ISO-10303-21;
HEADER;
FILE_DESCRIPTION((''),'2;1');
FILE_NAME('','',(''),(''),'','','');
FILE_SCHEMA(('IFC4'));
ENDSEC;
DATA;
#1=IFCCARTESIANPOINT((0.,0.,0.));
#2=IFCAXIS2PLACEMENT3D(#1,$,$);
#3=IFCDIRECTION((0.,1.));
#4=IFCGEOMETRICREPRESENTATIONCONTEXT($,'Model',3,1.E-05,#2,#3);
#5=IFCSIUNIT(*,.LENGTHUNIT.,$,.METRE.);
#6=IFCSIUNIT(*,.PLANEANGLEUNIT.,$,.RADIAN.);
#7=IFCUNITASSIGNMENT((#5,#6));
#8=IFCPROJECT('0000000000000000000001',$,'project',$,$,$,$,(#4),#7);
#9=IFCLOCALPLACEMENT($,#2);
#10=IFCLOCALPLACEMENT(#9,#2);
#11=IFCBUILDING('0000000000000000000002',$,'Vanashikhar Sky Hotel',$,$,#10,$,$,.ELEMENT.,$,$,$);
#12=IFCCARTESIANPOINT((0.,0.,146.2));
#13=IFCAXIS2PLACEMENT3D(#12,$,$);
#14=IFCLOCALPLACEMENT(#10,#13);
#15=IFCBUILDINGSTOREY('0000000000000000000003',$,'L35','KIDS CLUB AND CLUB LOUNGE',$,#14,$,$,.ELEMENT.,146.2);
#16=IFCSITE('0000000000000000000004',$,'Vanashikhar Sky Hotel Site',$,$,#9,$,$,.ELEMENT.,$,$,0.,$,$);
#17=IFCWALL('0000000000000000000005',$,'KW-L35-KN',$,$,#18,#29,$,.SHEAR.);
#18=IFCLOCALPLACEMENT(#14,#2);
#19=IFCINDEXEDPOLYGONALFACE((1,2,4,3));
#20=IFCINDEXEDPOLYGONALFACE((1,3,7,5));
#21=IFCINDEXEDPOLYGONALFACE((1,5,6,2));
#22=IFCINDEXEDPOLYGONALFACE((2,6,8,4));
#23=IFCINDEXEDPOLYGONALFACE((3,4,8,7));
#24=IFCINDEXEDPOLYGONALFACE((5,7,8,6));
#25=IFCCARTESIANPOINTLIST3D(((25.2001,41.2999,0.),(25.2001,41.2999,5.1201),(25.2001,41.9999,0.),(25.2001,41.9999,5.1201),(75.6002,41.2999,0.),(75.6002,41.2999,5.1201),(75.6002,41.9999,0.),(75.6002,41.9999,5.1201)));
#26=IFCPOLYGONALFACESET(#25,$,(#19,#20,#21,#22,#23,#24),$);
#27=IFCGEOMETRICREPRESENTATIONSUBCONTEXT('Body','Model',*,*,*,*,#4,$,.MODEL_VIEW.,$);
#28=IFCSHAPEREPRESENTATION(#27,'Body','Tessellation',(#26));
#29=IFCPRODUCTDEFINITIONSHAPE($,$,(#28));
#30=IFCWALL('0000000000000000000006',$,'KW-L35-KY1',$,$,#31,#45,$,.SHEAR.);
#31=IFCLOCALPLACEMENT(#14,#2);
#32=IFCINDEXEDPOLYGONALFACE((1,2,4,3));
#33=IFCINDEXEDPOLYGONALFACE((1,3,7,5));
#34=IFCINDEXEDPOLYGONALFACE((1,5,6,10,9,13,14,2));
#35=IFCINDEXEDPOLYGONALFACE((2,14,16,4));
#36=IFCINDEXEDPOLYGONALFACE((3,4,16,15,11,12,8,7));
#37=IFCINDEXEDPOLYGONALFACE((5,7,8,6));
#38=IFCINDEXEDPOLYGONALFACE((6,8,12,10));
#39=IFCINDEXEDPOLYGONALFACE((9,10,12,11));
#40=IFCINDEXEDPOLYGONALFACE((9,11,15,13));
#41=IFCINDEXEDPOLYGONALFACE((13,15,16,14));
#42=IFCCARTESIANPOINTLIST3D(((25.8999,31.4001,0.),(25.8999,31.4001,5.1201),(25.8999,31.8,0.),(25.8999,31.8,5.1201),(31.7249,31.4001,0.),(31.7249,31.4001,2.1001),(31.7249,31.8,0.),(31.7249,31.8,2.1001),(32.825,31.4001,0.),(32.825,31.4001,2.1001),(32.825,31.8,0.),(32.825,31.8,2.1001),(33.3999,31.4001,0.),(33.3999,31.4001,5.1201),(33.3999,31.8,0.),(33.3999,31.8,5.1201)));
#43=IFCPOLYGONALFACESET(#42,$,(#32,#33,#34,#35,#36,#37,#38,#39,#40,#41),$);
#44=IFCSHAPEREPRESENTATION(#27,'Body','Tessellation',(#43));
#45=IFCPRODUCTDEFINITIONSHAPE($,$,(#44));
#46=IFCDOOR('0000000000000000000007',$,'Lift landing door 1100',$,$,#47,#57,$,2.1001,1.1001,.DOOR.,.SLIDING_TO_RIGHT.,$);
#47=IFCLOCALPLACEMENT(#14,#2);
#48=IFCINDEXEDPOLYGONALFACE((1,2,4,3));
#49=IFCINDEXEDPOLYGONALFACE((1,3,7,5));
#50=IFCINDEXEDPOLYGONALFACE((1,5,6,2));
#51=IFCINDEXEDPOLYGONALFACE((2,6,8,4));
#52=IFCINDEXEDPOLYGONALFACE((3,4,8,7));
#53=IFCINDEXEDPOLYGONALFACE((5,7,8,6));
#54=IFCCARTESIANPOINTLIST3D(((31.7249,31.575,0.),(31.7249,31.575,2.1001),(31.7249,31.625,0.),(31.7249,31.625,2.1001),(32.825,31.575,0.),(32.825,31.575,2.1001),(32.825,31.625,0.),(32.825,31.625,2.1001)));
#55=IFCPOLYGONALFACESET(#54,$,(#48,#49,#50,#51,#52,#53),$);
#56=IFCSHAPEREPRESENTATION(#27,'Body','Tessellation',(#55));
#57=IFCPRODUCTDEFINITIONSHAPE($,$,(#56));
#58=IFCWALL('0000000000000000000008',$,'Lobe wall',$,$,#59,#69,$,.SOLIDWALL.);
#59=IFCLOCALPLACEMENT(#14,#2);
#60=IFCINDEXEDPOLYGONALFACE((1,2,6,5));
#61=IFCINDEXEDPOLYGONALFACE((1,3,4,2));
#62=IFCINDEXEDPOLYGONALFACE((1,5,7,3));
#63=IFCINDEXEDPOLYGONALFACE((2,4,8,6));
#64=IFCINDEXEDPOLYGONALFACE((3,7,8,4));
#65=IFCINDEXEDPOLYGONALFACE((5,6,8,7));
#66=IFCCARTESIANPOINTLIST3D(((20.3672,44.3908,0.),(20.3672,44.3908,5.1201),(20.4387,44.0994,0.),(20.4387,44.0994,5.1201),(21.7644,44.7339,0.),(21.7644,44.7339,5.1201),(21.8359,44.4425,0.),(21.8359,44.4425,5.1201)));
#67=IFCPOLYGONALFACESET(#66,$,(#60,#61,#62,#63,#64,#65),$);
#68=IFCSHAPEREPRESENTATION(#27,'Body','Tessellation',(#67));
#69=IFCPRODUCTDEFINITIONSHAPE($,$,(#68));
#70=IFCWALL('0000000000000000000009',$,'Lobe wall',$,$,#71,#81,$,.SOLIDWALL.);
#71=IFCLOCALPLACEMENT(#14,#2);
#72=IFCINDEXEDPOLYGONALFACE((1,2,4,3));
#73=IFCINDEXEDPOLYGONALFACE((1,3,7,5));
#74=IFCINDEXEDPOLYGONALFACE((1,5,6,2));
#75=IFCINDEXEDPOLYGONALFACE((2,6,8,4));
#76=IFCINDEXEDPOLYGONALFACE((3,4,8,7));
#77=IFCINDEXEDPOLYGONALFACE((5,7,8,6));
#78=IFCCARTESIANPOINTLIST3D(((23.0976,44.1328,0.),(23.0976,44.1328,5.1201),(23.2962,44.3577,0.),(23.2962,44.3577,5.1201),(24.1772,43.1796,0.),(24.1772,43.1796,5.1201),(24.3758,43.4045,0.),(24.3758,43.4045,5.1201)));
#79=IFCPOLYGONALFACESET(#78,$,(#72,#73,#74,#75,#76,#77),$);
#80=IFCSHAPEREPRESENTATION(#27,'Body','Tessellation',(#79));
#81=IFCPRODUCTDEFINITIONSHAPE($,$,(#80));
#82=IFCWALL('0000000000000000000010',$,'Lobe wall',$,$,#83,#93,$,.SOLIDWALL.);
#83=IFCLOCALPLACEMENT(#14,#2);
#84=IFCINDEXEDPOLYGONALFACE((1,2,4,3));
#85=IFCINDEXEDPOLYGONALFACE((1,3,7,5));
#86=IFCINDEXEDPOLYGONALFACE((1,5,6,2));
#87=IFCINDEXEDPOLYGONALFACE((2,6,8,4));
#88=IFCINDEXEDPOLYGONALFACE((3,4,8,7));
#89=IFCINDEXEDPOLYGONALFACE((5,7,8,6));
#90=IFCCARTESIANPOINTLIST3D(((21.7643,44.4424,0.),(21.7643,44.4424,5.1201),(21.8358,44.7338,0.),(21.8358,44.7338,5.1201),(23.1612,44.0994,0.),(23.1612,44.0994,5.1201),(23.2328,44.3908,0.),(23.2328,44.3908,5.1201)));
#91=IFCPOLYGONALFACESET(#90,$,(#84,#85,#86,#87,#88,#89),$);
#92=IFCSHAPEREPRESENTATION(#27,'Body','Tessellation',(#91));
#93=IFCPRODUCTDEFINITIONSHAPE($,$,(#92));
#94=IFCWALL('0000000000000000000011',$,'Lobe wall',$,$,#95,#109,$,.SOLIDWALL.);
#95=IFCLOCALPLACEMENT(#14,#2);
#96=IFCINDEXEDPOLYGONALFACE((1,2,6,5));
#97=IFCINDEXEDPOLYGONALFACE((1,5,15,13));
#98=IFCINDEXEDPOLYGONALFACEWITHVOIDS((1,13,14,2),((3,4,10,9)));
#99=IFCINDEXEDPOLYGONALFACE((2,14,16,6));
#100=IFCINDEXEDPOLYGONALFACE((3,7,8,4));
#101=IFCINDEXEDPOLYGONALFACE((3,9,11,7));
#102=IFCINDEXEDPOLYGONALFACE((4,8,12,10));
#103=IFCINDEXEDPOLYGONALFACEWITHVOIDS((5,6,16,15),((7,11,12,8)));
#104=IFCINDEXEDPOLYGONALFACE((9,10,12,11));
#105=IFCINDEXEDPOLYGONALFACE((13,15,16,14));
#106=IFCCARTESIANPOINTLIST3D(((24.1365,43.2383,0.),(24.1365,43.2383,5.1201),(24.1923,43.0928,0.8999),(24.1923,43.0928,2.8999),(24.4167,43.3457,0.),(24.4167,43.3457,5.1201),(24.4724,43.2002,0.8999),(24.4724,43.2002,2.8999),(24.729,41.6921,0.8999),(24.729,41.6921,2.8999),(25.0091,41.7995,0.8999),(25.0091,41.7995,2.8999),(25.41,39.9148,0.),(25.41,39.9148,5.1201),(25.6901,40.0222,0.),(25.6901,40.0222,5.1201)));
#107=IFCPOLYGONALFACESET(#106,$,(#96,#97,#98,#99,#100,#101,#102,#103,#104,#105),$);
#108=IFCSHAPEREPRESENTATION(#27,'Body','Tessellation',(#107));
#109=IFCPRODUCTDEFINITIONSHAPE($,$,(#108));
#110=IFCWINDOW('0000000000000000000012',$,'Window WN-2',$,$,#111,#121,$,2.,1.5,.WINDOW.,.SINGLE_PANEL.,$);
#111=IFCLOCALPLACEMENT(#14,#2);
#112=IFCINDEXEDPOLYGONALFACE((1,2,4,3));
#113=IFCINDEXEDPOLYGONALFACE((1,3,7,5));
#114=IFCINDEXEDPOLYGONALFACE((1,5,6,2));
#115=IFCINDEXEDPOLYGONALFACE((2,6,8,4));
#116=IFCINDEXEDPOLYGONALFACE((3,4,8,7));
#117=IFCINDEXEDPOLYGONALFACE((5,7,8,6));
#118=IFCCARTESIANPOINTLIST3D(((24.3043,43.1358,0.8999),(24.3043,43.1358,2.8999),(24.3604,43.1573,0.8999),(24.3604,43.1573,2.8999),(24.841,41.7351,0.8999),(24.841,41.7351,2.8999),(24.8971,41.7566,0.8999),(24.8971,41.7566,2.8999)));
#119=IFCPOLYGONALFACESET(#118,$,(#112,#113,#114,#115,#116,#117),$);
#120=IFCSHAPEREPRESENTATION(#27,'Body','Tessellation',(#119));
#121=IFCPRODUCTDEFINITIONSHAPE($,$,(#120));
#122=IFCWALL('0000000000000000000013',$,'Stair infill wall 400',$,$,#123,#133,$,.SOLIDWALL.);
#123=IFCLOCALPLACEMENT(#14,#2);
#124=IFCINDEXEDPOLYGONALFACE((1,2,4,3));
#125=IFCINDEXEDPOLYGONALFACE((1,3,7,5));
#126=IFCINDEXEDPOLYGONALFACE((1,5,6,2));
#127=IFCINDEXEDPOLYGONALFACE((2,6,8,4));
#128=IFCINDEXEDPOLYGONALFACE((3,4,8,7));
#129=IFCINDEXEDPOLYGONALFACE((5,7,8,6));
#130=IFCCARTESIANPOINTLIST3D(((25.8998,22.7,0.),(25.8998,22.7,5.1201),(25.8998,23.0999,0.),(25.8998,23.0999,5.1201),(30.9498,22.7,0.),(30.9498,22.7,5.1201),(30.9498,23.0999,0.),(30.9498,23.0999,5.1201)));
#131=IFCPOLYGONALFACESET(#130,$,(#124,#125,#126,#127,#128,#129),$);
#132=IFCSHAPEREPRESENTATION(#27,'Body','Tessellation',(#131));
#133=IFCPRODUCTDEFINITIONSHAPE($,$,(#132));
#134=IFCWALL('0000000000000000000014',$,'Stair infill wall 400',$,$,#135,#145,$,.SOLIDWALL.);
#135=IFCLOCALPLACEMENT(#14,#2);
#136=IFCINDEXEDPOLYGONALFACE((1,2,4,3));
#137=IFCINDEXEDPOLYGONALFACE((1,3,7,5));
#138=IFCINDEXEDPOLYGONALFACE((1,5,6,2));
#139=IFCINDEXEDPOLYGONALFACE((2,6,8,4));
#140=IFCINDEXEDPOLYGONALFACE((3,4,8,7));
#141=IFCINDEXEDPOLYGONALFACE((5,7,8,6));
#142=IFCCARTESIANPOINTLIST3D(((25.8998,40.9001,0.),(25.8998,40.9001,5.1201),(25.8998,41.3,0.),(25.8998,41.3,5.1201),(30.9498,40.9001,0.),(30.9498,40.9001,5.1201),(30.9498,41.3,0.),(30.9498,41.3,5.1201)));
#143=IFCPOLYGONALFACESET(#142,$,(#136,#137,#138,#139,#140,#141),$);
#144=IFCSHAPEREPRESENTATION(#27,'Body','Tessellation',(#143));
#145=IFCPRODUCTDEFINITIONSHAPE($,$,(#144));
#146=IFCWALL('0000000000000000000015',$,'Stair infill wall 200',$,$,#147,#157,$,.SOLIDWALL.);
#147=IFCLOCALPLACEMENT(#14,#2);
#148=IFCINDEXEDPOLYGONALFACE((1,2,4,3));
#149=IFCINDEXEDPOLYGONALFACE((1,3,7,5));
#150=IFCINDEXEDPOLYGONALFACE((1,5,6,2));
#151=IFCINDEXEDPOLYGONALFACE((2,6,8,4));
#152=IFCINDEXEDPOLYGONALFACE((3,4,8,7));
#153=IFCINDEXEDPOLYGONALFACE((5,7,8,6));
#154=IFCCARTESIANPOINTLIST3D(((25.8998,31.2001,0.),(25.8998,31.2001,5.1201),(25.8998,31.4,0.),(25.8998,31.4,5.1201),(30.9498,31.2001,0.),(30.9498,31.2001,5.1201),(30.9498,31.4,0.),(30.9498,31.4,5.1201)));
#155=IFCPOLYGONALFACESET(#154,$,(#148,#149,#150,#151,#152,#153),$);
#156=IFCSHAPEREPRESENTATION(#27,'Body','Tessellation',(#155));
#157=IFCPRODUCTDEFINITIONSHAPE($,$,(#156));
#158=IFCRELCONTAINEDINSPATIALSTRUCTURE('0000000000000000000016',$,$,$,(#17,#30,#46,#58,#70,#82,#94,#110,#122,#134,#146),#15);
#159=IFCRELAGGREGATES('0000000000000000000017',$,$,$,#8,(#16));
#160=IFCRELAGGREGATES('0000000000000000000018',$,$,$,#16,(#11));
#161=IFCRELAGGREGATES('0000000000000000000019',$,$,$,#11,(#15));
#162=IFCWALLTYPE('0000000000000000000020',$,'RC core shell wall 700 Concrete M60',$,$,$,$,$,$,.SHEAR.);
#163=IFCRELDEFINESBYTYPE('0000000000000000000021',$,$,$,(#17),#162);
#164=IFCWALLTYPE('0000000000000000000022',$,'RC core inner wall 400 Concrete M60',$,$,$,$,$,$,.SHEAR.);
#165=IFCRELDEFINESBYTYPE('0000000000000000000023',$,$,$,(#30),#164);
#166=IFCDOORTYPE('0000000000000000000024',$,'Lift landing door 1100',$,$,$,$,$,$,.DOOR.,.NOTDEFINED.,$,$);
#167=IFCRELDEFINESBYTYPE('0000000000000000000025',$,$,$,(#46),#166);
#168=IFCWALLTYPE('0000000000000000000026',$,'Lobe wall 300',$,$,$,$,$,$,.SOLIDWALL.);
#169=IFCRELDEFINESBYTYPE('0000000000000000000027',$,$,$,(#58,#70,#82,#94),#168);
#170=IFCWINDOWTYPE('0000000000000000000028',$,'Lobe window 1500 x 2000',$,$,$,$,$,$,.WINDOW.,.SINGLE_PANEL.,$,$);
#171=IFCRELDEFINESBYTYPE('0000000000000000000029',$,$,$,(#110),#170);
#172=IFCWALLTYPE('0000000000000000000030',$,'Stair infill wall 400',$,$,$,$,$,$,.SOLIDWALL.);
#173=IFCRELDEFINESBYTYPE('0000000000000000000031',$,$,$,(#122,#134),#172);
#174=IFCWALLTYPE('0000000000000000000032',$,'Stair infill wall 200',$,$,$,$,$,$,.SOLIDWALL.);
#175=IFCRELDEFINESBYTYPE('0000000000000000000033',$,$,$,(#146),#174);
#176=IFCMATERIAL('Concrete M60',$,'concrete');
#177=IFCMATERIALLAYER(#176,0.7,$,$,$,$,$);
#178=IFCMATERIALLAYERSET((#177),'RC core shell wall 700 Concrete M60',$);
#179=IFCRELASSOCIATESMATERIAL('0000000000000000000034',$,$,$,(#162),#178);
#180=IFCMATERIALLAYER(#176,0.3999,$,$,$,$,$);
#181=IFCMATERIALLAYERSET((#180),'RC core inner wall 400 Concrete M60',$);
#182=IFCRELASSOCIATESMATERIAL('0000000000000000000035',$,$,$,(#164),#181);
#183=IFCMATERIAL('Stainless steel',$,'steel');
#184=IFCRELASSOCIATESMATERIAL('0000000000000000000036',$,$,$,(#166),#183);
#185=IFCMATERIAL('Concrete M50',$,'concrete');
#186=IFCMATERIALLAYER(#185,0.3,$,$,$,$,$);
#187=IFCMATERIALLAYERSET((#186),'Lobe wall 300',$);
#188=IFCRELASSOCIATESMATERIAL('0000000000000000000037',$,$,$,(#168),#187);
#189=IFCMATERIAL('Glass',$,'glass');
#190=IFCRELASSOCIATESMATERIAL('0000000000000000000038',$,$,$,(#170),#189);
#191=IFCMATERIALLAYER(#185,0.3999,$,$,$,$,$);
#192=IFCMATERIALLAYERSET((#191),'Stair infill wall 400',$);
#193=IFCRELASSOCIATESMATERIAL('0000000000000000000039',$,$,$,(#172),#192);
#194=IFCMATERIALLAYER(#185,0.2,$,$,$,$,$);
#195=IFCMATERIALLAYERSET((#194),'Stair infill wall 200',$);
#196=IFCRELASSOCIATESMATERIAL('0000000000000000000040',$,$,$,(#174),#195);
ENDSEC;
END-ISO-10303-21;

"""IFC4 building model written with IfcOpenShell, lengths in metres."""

from ifc_helpers import new_model, si_unit, direction, frame, frame_2d, origin, place, context, subcontext, project, spatial, rectangle, extrude, source, transform, mapped, material, layer, layer_set, type_object, element, fill, save


model = new_model("IFC4")

# Units and contexts
model_context = context("Model", 3, precision=1e-05, world=origin(), true_north=direction((0.0, 1.0)))
body_context = subcontext(model_context, "Body", "Model", "MODEL_VIEW")
ifc_project = project(units=[si_unit("LENGTHUNIT", "METRE"), si_unit("PLANEANGLEUNIT", "RADIAN")], contexts=[model_context])

# Site, building, storey
site_placement = place(None, origin())
site = spatial("IfcSite", under=ifc_project, at=site_placement, Name="Vanashikhar Sky Hotel Site", CompositionType="ELEMENT", RefElevation=0.0)
building_placement = place(site_placement, origin())
building = spatial("IfcBuilding", under=site, at=building_placement, Name="Vanashikhar Sky Hotel", CompositionType="ELEMENT")
storey_placement = place(building_placement, frame((0.0, 0.0, 146.2)))
storey = spatial("IfcBuildingStorey", under=building, at=storey_placement, Name="L35", Description="KIDS CLUB AND CLUB LOUNGE", CompositionType="ELEMENT", Elevation=146.2)

# Wall
ifc_material_1 = material(Name="Concrete M60", Category="concrete")
ifc_layer_1 = layer(ifc_material_1, 0.7)
ifc_layer_set_1 = layer_set([ifc_layer_1], Name="RC core shell wall 700 Concrete M60")
wall_type_1 = type_object("IfcWallType", Name="RC core shell wall 700 Concrete M60", PredefinedType="SHEAR", material=ifc_layer_set_1)
shared_shape_1 = source(origin(), body_context, "Body", "SweptSolid", [
    extrude(rectangle(XDim=50.4001, YDim=0.7, at=frame_2d((25.2002, 0.0))), origin(), (0.0, 0.0, 1.0), 5.1201),
])
wall_1_placement = place(storey_placement, frame((25.2, 41.6499, 0.0), z_axis=(0.0, 0.0, 1.0), x_axis=(1.0, 0.0, 0.0)))
element("IfcWall", 1, at=wall_1_placement, inside=storey, type_object=wall_type_1, Name="KW-L35-KN", PredefinedType="SHEAR", context=body_context, shape_type="MappedRepresentation", body=[
    mapped(shared_shape_1, transform((0.0, 0.0, 0.0), scale=1.0)),
])

# Wall, opening, door
ifc_layer_2 = layer(ifc_material_1, 0.3999)
ifc_layer_set_2 = layer_set([ifc_layer_2], Name="RC core inner wall 400 Concrete M60")
wall_type_2 = type_object("IfcWallType", Name="RC core inner wall 400 Concrete M60", PredefinedType="SHEAR", material=ifc_layer_set_2)
shared_shape_2 = source(origin(), body_context, "Body", "SweptSolid", [
    extrude(rectangle(XDim=7.5, YDim=0.3999, at=frame_2d((3.75, 0.0))), origin(), (0.0, 0.0, 1.0), 5.1201),
])
wall_2_placement = place(storey_placement, frame((25.8999, 31.6001, 0.0), z_axis=(0.0, 0.0, 1.0), x_axis=(1.0, 0.0, 0.0)))
wall_2 = element("IfcWall", 2, at=wall_2_placement, inside=storey, type_object=wall_type_2, Name="KW-L35-KY1", PredefinedType="SHEAR", context=body_context, shape_type="MappedRepresentation", body=[
    mapped(shared_shape_2, transform((0.0, 0.0, 0.0), scale=1.0)),
])
shared_shape_3 = source(origin(), body_context, "Body", "SweptSolid", [
    extrude(rectangle(XDim=1.1001, YDim=2.1001, at=frame_2d((0.55, 1.05))), frame((0.0, 0.21, 0.0), z_axis=(0.0, -1.0, 0.0), x_axis=(1.0, 0.0, 0.0)), (0.0, 0.0, 1.0), 0.4199),
])
opening_1_placement = place(wall_2_placement, frame((5.825, 0.0, 0.0)))
opening_1 = element("IfcOpeningElement", 3, at=opening_1_placement, cuts=wall_2, PredefinedType="OPENING", context=body_context, shape_type="MappedRepresentation", body=[
    mapped(shared_shape_3, transform((0.0, 0.0, 0.0), scale=1.0)),
])
ifc_material_2 = material(Name="Stainless steel", Category="steel")
door_type = type_object("IfcDoorType", Name="Lift landing door 1100", OperationType="NOTDEFINED", PredefinedType="DOOR", material=ifc_material_2)
shared_shape_4 = source(origin(), body_context, "Body", "SweptSolid", [
    extrude(rectangle(XDim=1.1001, YDim=2.1001, at=frame_2d((0.55, 1.05))), frame((0.0, 0.0249, 0.0), z_axis=(0.0, -1.0, 0.0), x_axis=(1.0, 0.0, 0.0)), (0.0, 0.0, 1.0), 0.05),
])
door_placement = place(opening_1_placement, origin())
door = element("IfcDoor", 4, at=door_placement, inside=storey, type_object=door_type, Name="Lift landing door 1100", OperationType="SLIDING_TO_RIGHT", OverallHeight=2.1001, OverallWidth=1.1001, PredefinedType="DOOR", context=body_context, shape_type="MappedRepresentation", body=[
    mapped(shared_shape_4, transform((0.0, 0.0, 0.0), scale=1.0)),
])
fill(opening_1, door)

# Walls
ifc_material_3 = material(Name="Concrete M50", Category="concrete")
ifc_layer_3 = layer(ifc_material_3, 0.3)
ifc_layer_set_3 = layer_set([ifc_layer_3], Name="Lobe wall 300")
wall_type_3 = type_object("IfcWallType", Name="Lobe wall 300", PredefinedType="SOLIDWALL", material=ifc_layer_set_3)
shared_shape_5 = source(origin(), body_context, "Body", "SweptSolid", [
    extrude(rectangle(XDim=1.4387, YDim=0.3, at=frame_2d((0.7192, 0.0))), origin(), (0.0, 0.0, 1.0), 5.1201),
])
wall_3_placement = place(storey_placement, frame((21.8, 44.5881, 0.0), z_axis=(0.0, 0.0, 1.0), x_axis=(-0.971162, -0.238421, 0.0)))
element("IfcWall", 5, at=wall_3_placement, inside=storey, type_object=wall_type_3, Name="Lobe wall", PredefinedType="SOLIDWALL", context=body_context, shape_type="MappedRepresentation", body=[
    mapped(shared_shape_5, transform((0.0, 0.0, 0.0), scale=1.0)),
])
shared_shape_6 = source(origin(), body_context, "Body", "SweptSolid", [
    extrude(rectangle(XDim=1.4402, YDim=0.3, at=frame_2d((0.7202, 0.0))), origin(), (0.0, 0.0, 1.0), 5.1201),
])
wall_4_placement = place(storey_placement, frame((24.2766, 43.292, 0.0), z_axis=(0.0, 0.0, 1.0), x_axis=(-0.74965, 0.661835, 0.0)))
element("IfcWall", 6, at=wall_4_placement, inside=storey, type_object=wall_type_3, Name="Lobe wall", PredefinedType="SOLIDWALL", context=body_context, shape_type="MappedRepresentation", body=[
    mapped(shared_shape_6, transform((0.0, 0.0, 0.0), scale=1.0)),
])
shared_shape_7 = source(origin(), body_context, "Body", "SweptSolid", [
    extrude(rectangle(XDim=1.4385, YDim=0.3, at=frame_2d((0.7192, 0.0))), origin(), (0.0, 0.0, 1.0), 5.1201),
])
wall_5_placement = place(storey_placement, frame((23.197, 44.2451, 0.0), z_axis=(0.0, 0.0, 1.0), x_axis=(-0.971152, 0.23846, 0.0)))
element("IfcWall", 7, at=wall_5_placement, inside=storey, type_object=wall_type_3, Name="Lobe wall", PredefinedType="SOLIDWALL", context=body_context, shape_type="MappedRepresentation", body=[
    mapped(shared_shape_7, transform((0.0, 0.0, 0.0), scale=1.0)),
])

# Wall, opening, window
shared_shape_8 = source(origin(), body_context, "Body", "SweptSolid", [
    extrude(rectangle(XDim=3.5591, YDim=0.3, at=frame_2d((1.7795, 0.0))), origin(), (0.0, 0.0, 1.0), 5.1201),
])
wall_6_placement = place(storey_placement, frame((25.55, 39.9685, 0.0), z_axis=(0.0, 0.0, 1.0), x_axis=(-0.357797, 0.933799, 0.0)))
wall_6 = element("IfcWall", 8, at=wall_6_placement, inside=storey, type_object=wall_type_3, Name="Lobe wall", PredefinedType="SOLIDWALL", context=body_context, shape_type="MappedRepresentation", body=[
    mapped(shared_shape_8, transform((0.0, 0.0, 0.0), scale=1.0)),
])
shared_shape_9 = source(origin(), body_context, "Body", "SweptSolid", [
    extrude(rectangle(XDim=1.5, YDim=2.0, at=frame_2d((0.75, 1.0))), frame((0.0, 0.1602, 0.0), z_axis=(0.0, -1.0, 0.0), x_axis=(1.0, 0.0, 0.0)), (0.0, 0.0, 1.0), 0.3201),
])
opening_2_placement = place(wall_6_placement, frame((1.9033, 0.0, 0.8999)))
opening_2 = element("IfcOpeningElement", 9, at=opening_2_placement, cuts=wall_6, PredefinedType="OPENING", context=body_context, shape_type="MappedRepresentation", body=[
    mapped(shared_shape_9, transform((0.0, 0.0, 0.0), scale=1.0)),
])
ifc_material_4 = material(Name="Glass", Category="glass")
window_type = type_object("IfcWindowType", Name="Lobe window 1500 x 2000", PartitioningType="SINGLE_PANEL", PredefinedType="WINDOW", material=ifc_material_4)
shared_shape_10 = source(origin(), body_context, "Body", "SweptSolid", [
    extrude(rectangle(XDim=1.5, YDim=2.0, at=frame_2d((0.75, 1.0))), frame((0.0, 0.03, 0.0), z_axis=(0.0, -1.0, 0.0), x_axis=(1.0, 0.0, 0.0)), (0.0, 0.0, 1.0), 0.0601),
])
window_placement = place(opening_2_placement, origin())
window = element("IfcWindow", 10, at=window_placement, inside=storey, type_object=window_type, Name="Window WN-2", OverallHeight=2.0, OverallWidth=1.5, PartitioningType="SINGLE_PANEL", PredefinedType="WINDOW", context=body_context, shape_type="MappedRepresentation", body=[
    mapped(shared_shape_10, transform((0.0, 0.0, 0.0), scale=1.0)),
])
fill(opening_2, window)

# Walls
ifc_layer_4 = layer(ifc_material_3, 0.3999)
ifc_layer_set_4 = layer_set([ifc_layer_4], Name="Stair infill wall 400")
wall_type_4 = type_object("IfcWallType", Name="Stair infill wall 400", PredefinedType="SOLIDWALL", material=ifc_layer_set_4)
shared_shape_11 = source(origin(), body_context, "Body", "SweptSolid", [
    extrude(rectangle(XDim=5.05, YDim=0.3999, at=frame_2d((2.5249, 0.0))), origin(), (0.0, 0.0, 1.0), 5.1201),
])
for number, where, z_axis, x_axis, name in (
    (11, (25.8999, 22.8999, 0.0), (0.0, 0.0, 1.0), (1.0, 0.0, 0.0), "Stair infill wall 400"),
    (12, (25.8999, 41.1001, 0.0), (0.0, 0.0, 1.0), (1.0, 0.0, 0.0), "Stair infill wall 400"),
):
    element("IfcWall", number, at=place(storey_placement, frame(where, z_axis=z_axis, x_axis=x_axis)), inside=storey, type_object=wall_type_4, Name=name, PredefinedType="SOLIDWALL", context=body_context, shape_type="MappedRepresentation", body=[
        mapped(shared_shape_11, transform((0.0, 0.0, 0.0), scale=1.0)),
    ])
ifc_layer_5 = layer(ifc_material_3, 0.2)
ifc_layer_set_5 = layer_set([ifc_layer_5], Name="Stair infill wall 200")
wall_type_5 = type_object("IfcWallType", Name="Stair infill wall 200", PredefinedType="SOLIDWALL", material=ifc_layer_set_5)
shared_shape_12 = source(origin(), body_context, "Body", "SweptSolid", [
    extrude(rectangle(XDim=5.05, YDim=0.2, at=frame_2d((2.5249, 0.0))), origin(), (0.0, 0.0, 1.0), 5.1201),
])
wall_7_placement = place(storey_placement, frame((25.8999, 31.3, 0.0), z_axis=(0.0, 0.0, 1.0), x_axis=(1.0, 0.0, 0.0)))
element("IfcWall", 13, at=wall_7_placement, inside=storey, type_object=wall_type_5, Name="Stair infill wall 200", PredefinedType="SOLIDWALL", context=body_context, shape_type="MappedRepresentation", body=[
    mapped(shared_shape_12, transform((0.0, 0.0, 0.0), scale=1.0)),
])

save(model, "model.ifc")
